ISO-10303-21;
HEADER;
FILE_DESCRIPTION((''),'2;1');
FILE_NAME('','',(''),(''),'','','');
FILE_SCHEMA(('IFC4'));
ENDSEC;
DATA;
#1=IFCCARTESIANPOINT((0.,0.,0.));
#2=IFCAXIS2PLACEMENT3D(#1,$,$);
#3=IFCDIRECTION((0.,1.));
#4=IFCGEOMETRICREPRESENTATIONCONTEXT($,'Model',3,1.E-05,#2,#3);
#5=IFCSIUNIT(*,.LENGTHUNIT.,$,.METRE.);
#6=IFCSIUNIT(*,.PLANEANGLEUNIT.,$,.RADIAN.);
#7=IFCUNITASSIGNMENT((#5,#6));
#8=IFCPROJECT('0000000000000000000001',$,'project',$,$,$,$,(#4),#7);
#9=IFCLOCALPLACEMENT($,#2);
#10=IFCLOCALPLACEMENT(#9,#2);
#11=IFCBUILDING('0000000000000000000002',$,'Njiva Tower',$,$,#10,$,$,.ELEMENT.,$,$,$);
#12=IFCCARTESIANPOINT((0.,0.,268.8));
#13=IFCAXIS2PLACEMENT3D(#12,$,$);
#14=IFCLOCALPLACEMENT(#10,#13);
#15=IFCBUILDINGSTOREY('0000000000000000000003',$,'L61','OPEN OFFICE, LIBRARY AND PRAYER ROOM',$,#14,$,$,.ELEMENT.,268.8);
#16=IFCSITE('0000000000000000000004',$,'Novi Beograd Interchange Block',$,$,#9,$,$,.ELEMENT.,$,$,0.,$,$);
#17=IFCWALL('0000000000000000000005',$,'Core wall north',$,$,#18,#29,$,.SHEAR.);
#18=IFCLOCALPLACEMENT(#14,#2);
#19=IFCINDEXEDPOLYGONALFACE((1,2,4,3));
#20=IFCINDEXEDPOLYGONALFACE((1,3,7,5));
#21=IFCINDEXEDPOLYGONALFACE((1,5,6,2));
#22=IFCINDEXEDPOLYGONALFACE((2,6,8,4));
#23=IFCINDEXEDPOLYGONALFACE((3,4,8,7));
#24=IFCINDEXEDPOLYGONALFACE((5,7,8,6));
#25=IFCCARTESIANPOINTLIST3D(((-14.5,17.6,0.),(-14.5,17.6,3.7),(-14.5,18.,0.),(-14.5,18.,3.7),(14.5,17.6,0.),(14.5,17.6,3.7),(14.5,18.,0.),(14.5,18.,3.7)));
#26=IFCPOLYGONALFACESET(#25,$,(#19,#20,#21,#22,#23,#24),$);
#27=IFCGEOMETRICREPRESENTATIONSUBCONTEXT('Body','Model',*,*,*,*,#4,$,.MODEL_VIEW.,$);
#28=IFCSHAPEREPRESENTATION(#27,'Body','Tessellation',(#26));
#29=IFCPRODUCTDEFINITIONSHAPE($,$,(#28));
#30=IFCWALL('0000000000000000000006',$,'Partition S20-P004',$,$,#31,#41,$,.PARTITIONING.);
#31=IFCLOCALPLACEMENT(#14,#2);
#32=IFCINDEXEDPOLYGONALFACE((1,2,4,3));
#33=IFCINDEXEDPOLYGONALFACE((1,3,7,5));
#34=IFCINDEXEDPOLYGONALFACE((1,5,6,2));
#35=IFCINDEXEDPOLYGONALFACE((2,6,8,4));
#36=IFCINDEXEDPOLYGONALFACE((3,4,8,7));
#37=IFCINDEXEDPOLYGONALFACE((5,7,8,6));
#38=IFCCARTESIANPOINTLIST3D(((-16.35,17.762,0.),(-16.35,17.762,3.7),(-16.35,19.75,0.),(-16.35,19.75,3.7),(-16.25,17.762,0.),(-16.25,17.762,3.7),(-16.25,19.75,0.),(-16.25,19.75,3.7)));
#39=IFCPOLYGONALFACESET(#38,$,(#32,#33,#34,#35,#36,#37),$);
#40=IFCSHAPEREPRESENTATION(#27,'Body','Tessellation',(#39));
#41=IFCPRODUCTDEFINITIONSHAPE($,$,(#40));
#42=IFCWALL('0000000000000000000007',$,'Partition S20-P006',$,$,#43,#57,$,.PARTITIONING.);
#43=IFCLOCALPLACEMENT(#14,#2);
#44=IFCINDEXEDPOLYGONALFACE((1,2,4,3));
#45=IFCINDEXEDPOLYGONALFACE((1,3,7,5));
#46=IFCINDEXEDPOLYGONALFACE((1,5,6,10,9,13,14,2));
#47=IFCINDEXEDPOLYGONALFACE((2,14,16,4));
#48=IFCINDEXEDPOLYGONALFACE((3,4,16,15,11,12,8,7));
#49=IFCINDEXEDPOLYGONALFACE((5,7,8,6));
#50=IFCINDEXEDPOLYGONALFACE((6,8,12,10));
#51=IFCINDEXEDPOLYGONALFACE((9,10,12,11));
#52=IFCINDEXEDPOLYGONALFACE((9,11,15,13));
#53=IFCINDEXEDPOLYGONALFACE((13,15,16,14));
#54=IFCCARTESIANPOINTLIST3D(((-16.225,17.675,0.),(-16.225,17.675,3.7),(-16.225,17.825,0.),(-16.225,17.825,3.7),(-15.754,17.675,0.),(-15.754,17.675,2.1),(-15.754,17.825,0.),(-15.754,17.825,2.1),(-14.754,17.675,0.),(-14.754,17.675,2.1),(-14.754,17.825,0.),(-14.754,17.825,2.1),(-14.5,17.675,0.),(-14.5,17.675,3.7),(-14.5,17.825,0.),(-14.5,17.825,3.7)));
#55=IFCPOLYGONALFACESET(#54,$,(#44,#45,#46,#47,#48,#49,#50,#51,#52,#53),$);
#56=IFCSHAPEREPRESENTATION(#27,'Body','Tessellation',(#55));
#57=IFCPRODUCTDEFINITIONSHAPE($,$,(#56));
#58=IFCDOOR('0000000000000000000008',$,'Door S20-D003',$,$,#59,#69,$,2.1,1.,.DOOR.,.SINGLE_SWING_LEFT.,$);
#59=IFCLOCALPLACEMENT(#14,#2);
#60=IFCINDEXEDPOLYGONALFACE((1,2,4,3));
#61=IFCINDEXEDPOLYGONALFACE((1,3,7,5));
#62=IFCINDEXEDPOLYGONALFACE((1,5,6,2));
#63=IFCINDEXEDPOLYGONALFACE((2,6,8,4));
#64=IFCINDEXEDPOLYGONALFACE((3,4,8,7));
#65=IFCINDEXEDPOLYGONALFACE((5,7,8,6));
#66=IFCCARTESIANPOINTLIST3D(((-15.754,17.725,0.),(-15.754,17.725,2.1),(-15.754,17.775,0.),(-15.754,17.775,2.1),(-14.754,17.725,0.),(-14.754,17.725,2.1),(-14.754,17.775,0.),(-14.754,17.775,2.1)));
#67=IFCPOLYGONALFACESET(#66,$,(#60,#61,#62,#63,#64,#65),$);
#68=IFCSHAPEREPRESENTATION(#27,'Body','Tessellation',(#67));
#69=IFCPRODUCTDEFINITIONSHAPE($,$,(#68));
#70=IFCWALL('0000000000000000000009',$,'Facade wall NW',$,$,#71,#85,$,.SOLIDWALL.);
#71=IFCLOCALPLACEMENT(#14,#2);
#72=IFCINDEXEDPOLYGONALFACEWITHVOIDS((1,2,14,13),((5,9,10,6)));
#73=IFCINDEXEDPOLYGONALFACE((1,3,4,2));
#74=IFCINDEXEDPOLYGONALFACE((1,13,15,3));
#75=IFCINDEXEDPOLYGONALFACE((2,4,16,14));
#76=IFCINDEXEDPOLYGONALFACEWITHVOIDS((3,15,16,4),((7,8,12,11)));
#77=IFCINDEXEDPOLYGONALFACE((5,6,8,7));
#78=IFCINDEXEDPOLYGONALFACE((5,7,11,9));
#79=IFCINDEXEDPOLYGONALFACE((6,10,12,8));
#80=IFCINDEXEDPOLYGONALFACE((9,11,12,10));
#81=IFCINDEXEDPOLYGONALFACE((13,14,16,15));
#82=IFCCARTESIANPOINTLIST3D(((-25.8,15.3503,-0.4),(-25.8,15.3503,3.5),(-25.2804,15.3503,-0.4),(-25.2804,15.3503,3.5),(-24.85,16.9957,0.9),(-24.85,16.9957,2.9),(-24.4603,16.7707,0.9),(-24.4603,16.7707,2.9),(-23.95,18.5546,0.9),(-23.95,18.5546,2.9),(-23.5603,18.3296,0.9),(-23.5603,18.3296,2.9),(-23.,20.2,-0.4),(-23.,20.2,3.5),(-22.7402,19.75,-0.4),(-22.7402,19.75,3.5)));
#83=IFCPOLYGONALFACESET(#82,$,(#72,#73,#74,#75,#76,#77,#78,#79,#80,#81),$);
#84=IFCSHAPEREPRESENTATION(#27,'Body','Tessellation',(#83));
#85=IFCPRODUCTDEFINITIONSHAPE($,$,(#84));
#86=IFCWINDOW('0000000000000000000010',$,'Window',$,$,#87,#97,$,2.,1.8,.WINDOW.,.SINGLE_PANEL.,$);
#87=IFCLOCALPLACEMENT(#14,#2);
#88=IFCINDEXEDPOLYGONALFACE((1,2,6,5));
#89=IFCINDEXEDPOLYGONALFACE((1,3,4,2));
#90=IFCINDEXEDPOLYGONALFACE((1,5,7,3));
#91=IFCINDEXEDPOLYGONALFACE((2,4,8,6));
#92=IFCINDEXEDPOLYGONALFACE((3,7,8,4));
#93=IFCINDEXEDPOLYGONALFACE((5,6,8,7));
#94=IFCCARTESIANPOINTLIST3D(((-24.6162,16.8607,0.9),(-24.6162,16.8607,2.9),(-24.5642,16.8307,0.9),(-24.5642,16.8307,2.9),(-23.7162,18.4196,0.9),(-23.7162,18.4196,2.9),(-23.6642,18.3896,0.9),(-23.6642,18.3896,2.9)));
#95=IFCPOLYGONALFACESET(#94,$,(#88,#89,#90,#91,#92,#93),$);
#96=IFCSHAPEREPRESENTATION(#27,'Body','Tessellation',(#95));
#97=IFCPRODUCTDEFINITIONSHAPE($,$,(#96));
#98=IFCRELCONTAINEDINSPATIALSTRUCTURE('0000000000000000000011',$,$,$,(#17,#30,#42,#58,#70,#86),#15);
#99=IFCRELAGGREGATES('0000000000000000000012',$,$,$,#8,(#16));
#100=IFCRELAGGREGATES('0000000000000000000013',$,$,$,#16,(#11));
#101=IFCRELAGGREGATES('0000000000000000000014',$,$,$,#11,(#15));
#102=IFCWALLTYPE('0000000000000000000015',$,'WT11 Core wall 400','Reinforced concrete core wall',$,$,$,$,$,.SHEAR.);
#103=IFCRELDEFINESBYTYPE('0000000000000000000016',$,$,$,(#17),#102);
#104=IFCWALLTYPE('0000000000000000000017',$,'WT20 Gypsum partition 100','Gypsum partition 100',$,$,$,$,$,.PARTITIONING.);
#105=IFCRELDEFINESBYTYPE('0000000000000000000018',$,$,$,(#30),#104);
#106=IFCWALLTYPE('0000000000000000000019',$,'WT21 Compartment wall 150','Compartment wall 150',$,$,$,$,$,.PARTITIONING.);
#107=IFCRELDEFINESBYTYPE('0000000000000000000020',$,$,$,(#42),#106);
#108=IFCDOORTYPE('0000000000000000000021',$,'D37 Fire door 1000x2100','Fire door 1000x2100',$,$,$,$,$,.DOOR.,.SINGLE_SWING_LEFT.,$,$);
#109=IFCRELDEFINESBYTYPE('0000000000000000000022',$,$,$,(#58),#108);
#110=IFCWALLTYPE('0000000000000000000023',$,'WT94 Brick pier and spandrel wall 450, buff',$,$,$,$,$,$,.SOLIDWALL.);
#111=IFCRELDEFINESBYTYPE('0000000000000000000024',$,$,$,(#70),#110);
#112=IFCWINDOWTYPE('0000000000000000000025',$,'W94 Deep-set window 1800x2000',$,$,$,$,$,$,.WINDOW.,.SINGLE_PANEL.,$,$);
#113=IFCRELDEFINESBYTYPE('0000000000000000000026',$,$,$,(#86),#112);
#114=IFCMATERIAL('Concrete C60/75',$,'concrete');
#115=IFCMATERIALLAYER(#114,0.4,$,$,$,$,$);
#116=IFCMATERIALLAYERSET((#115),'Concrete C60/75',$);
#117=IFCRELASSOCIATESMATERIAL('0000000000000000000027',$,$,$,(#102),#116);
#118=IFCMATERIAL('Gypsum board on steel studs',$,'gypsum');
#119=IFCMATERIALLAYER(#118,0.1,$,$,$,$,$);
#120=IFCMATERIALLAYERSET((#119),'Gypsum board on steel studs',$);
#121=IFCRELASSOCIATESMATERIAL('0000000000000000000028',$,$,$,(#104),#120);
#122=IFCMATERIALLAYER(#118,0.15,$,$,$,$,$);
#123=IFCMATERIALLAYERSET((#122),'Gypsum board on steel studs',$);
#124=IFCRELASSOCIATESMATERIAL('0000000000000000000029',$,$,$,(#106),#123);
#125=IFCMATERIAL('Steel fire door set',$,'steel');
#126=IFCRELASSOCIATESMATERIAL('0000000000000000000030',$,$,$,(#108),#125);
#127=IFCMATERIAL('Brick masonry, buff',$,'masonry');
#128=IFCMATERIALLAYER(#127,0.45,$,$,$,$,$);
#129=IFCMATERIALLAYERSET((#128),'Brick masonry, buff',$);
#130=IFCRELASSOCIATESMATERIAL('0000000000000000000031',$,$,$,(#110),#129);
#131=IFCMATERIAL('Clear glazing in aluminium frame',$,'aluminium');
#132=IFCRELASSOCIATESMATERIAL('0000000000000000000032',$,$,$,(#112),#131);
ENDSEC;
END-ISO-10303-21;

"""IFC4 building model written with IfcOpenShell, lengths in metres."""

from ifc_helpers import new_model, si_unit, direction, frame, frame_2d, origin, place, context, subcontext, project, spatial, polyline, rectangle, outline, extrude, material, layer, layer_set, type_object, element, fill, save


model = new_model("IFC4")

# Units and contexts
model_context = context("Model", 3, precision=1e-05, world=origin(), true_north=direction((0.0, 1.0)))
body_context = subcontext(model_context, "Body", "Model", "MODEL_VIEW")
ifc_project = project(units=[si_unit("LENGTHUNIT", "METRE"), si_unit("PLANEANGLEUNIT", "RADIAN")], contexts=[model_context])

# Site, building, storey
site_placement = place(None, origin())
site = spatial("IfcSite", under=ifc_project, at=site_placement, Name="Novi Beograd Interchange Block", CompositionType="ELEMENT", RefElevation=0.0)
building_placement = place(site_placement, origin())
building = spatial("IfcBuilding", under=site, at=building_placement, Name="Njiva Tower", CompositionType="ELEMENT")
storey_placement = place(building_placement, frame((0.0, 0.0, 268.8)))
storey = spatial("IfcBuildingStorey", under=building, at=storey_placement, Name="L61", Description="OPEN OFFICE, LIBRARY AND PRAYER ROOM", CompositionType="ELEMENT", Elevation=268.8)

# Walls
ifc_material_1 = material(Name="Concrete C60/75", Category="concrete")
ifc_layer_1 = layer(ifc_material_1, 0.4)
ifc_layer_set_1 = layer_set([ifc_layer_1], Name="Concrete C60/75")
wall_type_1 = type_object("IfcWallType", Name="WT11 Core wall 400", Description="Reinforced concrete core wall", PredefinedType="SHEAR", material=ifc_layer_set_1)
wall_1_placement = place(storey_placement, frame((-14.5, 17.8, 0.0), z_axis=(0.0, 0.0, 1.0), x_axis=(1.0, 0.0, 0.0)))
element("IfcWall", 1, at=wall_1_placement, inside=storey, type_object=wall_type_1, Name="Core wall north", PredefinedType="SHEAR", context=body_context, shape_type="SweptSolid", body=[
    extrude(rectangle(XDim=29.0, YDim=0.4, at=frame_2d((14.5, 0.0))), origin(), (0.0, 0.0, 1.0), 3.7),
])
ifc_material_2 = material(Name="Gypsum board on steel studs", Category="gypsum")
ifc_layer_2 = layer(ifc_material_2, 0.1)
ifc_layer_set_2 = layer_set([ifc_layer_2], Name="Gypsum board on steel studs")
wall_type_2 = type_object("IfcWallType", Name="WT20 Gypsum partition 100", Description="Gypsum partition 100", PredefinedType="PARTITIONING", material=ifc_layer_set_2)
wall_2_placement = place(storey_placement, frame((-16.3, 17.762, 0.0), z_axis=(0.0, 0.0, 1.0), x_axis=(0.0, 1.0, 0.0)))
element("IfcWall", 2, at=wall_2_placement, inside=storey, type_object=wall_type_2, Name="Partition S20-P004", PredefinedType="PARTITIONING", context=body_context, shape_type="SweptSolid", body=[
    extrude(rectangle(XDim=1.988, YDim=0.1, at=frame_2d((0.994, 0.0))), origin(), (0.0, 0.0, 1.0), 3.7),
])

# Wall, opening, door
ifc_layer_3 = layer(ifc_material_2, 0.15)
ifc_layer_set_3 = layer_set([ifc_layer_3], Name="Gypsum board on steel studs")
wall_type_3 = type_object("IfcWallType", Name="WT21 Compartment wall 150", Description="Compartment wall 150", PredefinedType="PARTITIONING", material=ifc_layer_set_3)
wall_3_placement = place(storey_placement, frame((-16.225, 17.75, 0.0), z_axis=(0.0, 0.0, 1.0), x_axis=(1.0, 0.0, 0.0)))
wall_3 = element("IfcWall", 3, at=wall_3_placement, inside=storey, type_object=wall_type_3, Name="Partition S20-P006", PredefinedType="PARTITIONING", context=body_context, shape_type="SweptSolid", body=[
    extrude(rectangle(XDim=1.725, YDim=0.15, at=frame_2d((0.8625, 0.0))), origin(), (0.0, 0.0, 1.0), 3.7),
])
opening_1_placement = place(wall_3_placement, frame((0.471, 0.0, 0.0)))
opening_1 = element("IfcOpeningElement", 4, at=opening_1_placement, cuts=wall_3, PredefinedType="OPENING", context=body_context, shape_type="SweptSolid", body=[
    extrude(rectangle(XDim=1.0, YDim=2.1, at=frame_2d((0.5, 1.05))), frame((0.0, 0.085, 0.0), z_axis=(0.0, -1.0, 0.0), x_axis=(1.0, 0.0, 0.0)), (0.0, 0.0, 1.0), 0.17),
])
ifc_material_3 = material(Name="Steel fire door set", Category="steel")
door_type = type_object("IfcDoorType", Name="D37 Fire door 1000x2100", Description="Fire door 1000x2100", OperationType="SINGLE_SWING_LEFT", PredefinedType="DOOR", material=ifc_material_3)
door_placement = place(opening_1_placement, origin())
door = element("IfcDoor", 5, at=door_placement, inside=storey, type_object=door_type, Name="Door S20-D003", OperationType="SINGLE_SWING_LEFT", OverallHeight=2.1, OverallWidth=1.0, PredefinedType="DOOR", context=body_context, shape_type="SweptSolid", body=[
    extrude(rectangle(XDim=1.0, YDim=2.1, at=frame_2d((0.5, 1.05))), frame((0.0, 0.025, 0.0), z_axis=(0.0, -1.0, 0.0), x_axis=(1.0, 0.0, 0.0)), (0.0, 0.0, 1.0), 0.05),
])
fill(opening_1, door)

# Shared definitions
ifc_material_4 = material(Name="Clear glazing in aluminium frame", Category="aluminium")

# Wall, opening, window
ifc_material_5 = material(Name="Brick masonry, buff", Category="masonry")
ifc_layer_4 = layer(ifc_material_5, 0.45)
ifc_layer_set_4 = layer_set([ifc_layer_4], Name="Brick masonry, buff")
wall_type_4 = type_object("IfcWallType", Name="WT94 Brick pier and spandrel wall 450, buff", PredefinedType="SOLIDWALL", material=ifc_layer_set_4)
wall_4_placement = place(storey_placement, frame((-22.8701, 19.975, -0.4), z_axis=(0.0, 0.0, 1.0), x_axis=(-0.500004, -0.866023, 0.0)))
wall_4 = element("IfcWall", 6, at=wall_4_placement, inside=storey, type_object=wall_type_4, Name="Facade wall NW", PredefinedType="SOLIDWALL", context=body_context, shape_type="SweptSolid", body=[
    extrude(outline(polyline([(-0.1299, -0.225), (5.4701, -0.225), (5.2103, 0.225), (0.1299, 0.225), (-0.1299, -0.225)])), origin(), (0.0, 0.0, 1.0), 3.9),
])
opening_2_placement = place(wall_4_placement, frame((1.7701, 0.0, 1.3)))
opening_2 = element("IfcOpeningElement", 7, at=opening_2_placement, cuts=wall_4, PredefinedType="OPENING", context=body_context, shape_type="SweptSolid", body=[
    extrude(rectangle(XDim=1.8, YDim=2.0, at=frame_2d((0.9, 1.0))), frame((0.0, 0.235, 0.0), z_axis=(0.0, -1.0, 0.0), x_axis=(1.0, 0.0, 0.0)), (0.0, 0.0, 1.0), 0.47),
])
window_type_1 = type_object("IfcWindowType", Name="W94 Deep-set window 1800x2000", PartitioningType="SINGLE_PANEL", PredefinedType="WINDOW", material=ifc_material_4)
window_1_placement = place(opening_2_placement, origin())
window_1 = element("IfcWindow", 8, at=window_1_placement, inside=storey, type_object=window_type_1, Name="Window", OverallHeight=2.0, OverallWidth=1.8, PartitioningType="SINGLE_PANEL", PredefinedType="WINDOW", context=body_context, shape_type="SweptSolid", body=[
    extrude(rectangle(XDim=1.8, YDim=2.0, at=frame_2d((0.9, 1.0))), frame((0.0, 0.105, 0.0), z_axis=(0.0, -1.0, 0.0), x_axis=(1.0, 0.0, 0.0)), (0.0, 0.0, 1.0), 0.06),
])
fill(opening_2, window_1)

save(model, "model.ifc")
